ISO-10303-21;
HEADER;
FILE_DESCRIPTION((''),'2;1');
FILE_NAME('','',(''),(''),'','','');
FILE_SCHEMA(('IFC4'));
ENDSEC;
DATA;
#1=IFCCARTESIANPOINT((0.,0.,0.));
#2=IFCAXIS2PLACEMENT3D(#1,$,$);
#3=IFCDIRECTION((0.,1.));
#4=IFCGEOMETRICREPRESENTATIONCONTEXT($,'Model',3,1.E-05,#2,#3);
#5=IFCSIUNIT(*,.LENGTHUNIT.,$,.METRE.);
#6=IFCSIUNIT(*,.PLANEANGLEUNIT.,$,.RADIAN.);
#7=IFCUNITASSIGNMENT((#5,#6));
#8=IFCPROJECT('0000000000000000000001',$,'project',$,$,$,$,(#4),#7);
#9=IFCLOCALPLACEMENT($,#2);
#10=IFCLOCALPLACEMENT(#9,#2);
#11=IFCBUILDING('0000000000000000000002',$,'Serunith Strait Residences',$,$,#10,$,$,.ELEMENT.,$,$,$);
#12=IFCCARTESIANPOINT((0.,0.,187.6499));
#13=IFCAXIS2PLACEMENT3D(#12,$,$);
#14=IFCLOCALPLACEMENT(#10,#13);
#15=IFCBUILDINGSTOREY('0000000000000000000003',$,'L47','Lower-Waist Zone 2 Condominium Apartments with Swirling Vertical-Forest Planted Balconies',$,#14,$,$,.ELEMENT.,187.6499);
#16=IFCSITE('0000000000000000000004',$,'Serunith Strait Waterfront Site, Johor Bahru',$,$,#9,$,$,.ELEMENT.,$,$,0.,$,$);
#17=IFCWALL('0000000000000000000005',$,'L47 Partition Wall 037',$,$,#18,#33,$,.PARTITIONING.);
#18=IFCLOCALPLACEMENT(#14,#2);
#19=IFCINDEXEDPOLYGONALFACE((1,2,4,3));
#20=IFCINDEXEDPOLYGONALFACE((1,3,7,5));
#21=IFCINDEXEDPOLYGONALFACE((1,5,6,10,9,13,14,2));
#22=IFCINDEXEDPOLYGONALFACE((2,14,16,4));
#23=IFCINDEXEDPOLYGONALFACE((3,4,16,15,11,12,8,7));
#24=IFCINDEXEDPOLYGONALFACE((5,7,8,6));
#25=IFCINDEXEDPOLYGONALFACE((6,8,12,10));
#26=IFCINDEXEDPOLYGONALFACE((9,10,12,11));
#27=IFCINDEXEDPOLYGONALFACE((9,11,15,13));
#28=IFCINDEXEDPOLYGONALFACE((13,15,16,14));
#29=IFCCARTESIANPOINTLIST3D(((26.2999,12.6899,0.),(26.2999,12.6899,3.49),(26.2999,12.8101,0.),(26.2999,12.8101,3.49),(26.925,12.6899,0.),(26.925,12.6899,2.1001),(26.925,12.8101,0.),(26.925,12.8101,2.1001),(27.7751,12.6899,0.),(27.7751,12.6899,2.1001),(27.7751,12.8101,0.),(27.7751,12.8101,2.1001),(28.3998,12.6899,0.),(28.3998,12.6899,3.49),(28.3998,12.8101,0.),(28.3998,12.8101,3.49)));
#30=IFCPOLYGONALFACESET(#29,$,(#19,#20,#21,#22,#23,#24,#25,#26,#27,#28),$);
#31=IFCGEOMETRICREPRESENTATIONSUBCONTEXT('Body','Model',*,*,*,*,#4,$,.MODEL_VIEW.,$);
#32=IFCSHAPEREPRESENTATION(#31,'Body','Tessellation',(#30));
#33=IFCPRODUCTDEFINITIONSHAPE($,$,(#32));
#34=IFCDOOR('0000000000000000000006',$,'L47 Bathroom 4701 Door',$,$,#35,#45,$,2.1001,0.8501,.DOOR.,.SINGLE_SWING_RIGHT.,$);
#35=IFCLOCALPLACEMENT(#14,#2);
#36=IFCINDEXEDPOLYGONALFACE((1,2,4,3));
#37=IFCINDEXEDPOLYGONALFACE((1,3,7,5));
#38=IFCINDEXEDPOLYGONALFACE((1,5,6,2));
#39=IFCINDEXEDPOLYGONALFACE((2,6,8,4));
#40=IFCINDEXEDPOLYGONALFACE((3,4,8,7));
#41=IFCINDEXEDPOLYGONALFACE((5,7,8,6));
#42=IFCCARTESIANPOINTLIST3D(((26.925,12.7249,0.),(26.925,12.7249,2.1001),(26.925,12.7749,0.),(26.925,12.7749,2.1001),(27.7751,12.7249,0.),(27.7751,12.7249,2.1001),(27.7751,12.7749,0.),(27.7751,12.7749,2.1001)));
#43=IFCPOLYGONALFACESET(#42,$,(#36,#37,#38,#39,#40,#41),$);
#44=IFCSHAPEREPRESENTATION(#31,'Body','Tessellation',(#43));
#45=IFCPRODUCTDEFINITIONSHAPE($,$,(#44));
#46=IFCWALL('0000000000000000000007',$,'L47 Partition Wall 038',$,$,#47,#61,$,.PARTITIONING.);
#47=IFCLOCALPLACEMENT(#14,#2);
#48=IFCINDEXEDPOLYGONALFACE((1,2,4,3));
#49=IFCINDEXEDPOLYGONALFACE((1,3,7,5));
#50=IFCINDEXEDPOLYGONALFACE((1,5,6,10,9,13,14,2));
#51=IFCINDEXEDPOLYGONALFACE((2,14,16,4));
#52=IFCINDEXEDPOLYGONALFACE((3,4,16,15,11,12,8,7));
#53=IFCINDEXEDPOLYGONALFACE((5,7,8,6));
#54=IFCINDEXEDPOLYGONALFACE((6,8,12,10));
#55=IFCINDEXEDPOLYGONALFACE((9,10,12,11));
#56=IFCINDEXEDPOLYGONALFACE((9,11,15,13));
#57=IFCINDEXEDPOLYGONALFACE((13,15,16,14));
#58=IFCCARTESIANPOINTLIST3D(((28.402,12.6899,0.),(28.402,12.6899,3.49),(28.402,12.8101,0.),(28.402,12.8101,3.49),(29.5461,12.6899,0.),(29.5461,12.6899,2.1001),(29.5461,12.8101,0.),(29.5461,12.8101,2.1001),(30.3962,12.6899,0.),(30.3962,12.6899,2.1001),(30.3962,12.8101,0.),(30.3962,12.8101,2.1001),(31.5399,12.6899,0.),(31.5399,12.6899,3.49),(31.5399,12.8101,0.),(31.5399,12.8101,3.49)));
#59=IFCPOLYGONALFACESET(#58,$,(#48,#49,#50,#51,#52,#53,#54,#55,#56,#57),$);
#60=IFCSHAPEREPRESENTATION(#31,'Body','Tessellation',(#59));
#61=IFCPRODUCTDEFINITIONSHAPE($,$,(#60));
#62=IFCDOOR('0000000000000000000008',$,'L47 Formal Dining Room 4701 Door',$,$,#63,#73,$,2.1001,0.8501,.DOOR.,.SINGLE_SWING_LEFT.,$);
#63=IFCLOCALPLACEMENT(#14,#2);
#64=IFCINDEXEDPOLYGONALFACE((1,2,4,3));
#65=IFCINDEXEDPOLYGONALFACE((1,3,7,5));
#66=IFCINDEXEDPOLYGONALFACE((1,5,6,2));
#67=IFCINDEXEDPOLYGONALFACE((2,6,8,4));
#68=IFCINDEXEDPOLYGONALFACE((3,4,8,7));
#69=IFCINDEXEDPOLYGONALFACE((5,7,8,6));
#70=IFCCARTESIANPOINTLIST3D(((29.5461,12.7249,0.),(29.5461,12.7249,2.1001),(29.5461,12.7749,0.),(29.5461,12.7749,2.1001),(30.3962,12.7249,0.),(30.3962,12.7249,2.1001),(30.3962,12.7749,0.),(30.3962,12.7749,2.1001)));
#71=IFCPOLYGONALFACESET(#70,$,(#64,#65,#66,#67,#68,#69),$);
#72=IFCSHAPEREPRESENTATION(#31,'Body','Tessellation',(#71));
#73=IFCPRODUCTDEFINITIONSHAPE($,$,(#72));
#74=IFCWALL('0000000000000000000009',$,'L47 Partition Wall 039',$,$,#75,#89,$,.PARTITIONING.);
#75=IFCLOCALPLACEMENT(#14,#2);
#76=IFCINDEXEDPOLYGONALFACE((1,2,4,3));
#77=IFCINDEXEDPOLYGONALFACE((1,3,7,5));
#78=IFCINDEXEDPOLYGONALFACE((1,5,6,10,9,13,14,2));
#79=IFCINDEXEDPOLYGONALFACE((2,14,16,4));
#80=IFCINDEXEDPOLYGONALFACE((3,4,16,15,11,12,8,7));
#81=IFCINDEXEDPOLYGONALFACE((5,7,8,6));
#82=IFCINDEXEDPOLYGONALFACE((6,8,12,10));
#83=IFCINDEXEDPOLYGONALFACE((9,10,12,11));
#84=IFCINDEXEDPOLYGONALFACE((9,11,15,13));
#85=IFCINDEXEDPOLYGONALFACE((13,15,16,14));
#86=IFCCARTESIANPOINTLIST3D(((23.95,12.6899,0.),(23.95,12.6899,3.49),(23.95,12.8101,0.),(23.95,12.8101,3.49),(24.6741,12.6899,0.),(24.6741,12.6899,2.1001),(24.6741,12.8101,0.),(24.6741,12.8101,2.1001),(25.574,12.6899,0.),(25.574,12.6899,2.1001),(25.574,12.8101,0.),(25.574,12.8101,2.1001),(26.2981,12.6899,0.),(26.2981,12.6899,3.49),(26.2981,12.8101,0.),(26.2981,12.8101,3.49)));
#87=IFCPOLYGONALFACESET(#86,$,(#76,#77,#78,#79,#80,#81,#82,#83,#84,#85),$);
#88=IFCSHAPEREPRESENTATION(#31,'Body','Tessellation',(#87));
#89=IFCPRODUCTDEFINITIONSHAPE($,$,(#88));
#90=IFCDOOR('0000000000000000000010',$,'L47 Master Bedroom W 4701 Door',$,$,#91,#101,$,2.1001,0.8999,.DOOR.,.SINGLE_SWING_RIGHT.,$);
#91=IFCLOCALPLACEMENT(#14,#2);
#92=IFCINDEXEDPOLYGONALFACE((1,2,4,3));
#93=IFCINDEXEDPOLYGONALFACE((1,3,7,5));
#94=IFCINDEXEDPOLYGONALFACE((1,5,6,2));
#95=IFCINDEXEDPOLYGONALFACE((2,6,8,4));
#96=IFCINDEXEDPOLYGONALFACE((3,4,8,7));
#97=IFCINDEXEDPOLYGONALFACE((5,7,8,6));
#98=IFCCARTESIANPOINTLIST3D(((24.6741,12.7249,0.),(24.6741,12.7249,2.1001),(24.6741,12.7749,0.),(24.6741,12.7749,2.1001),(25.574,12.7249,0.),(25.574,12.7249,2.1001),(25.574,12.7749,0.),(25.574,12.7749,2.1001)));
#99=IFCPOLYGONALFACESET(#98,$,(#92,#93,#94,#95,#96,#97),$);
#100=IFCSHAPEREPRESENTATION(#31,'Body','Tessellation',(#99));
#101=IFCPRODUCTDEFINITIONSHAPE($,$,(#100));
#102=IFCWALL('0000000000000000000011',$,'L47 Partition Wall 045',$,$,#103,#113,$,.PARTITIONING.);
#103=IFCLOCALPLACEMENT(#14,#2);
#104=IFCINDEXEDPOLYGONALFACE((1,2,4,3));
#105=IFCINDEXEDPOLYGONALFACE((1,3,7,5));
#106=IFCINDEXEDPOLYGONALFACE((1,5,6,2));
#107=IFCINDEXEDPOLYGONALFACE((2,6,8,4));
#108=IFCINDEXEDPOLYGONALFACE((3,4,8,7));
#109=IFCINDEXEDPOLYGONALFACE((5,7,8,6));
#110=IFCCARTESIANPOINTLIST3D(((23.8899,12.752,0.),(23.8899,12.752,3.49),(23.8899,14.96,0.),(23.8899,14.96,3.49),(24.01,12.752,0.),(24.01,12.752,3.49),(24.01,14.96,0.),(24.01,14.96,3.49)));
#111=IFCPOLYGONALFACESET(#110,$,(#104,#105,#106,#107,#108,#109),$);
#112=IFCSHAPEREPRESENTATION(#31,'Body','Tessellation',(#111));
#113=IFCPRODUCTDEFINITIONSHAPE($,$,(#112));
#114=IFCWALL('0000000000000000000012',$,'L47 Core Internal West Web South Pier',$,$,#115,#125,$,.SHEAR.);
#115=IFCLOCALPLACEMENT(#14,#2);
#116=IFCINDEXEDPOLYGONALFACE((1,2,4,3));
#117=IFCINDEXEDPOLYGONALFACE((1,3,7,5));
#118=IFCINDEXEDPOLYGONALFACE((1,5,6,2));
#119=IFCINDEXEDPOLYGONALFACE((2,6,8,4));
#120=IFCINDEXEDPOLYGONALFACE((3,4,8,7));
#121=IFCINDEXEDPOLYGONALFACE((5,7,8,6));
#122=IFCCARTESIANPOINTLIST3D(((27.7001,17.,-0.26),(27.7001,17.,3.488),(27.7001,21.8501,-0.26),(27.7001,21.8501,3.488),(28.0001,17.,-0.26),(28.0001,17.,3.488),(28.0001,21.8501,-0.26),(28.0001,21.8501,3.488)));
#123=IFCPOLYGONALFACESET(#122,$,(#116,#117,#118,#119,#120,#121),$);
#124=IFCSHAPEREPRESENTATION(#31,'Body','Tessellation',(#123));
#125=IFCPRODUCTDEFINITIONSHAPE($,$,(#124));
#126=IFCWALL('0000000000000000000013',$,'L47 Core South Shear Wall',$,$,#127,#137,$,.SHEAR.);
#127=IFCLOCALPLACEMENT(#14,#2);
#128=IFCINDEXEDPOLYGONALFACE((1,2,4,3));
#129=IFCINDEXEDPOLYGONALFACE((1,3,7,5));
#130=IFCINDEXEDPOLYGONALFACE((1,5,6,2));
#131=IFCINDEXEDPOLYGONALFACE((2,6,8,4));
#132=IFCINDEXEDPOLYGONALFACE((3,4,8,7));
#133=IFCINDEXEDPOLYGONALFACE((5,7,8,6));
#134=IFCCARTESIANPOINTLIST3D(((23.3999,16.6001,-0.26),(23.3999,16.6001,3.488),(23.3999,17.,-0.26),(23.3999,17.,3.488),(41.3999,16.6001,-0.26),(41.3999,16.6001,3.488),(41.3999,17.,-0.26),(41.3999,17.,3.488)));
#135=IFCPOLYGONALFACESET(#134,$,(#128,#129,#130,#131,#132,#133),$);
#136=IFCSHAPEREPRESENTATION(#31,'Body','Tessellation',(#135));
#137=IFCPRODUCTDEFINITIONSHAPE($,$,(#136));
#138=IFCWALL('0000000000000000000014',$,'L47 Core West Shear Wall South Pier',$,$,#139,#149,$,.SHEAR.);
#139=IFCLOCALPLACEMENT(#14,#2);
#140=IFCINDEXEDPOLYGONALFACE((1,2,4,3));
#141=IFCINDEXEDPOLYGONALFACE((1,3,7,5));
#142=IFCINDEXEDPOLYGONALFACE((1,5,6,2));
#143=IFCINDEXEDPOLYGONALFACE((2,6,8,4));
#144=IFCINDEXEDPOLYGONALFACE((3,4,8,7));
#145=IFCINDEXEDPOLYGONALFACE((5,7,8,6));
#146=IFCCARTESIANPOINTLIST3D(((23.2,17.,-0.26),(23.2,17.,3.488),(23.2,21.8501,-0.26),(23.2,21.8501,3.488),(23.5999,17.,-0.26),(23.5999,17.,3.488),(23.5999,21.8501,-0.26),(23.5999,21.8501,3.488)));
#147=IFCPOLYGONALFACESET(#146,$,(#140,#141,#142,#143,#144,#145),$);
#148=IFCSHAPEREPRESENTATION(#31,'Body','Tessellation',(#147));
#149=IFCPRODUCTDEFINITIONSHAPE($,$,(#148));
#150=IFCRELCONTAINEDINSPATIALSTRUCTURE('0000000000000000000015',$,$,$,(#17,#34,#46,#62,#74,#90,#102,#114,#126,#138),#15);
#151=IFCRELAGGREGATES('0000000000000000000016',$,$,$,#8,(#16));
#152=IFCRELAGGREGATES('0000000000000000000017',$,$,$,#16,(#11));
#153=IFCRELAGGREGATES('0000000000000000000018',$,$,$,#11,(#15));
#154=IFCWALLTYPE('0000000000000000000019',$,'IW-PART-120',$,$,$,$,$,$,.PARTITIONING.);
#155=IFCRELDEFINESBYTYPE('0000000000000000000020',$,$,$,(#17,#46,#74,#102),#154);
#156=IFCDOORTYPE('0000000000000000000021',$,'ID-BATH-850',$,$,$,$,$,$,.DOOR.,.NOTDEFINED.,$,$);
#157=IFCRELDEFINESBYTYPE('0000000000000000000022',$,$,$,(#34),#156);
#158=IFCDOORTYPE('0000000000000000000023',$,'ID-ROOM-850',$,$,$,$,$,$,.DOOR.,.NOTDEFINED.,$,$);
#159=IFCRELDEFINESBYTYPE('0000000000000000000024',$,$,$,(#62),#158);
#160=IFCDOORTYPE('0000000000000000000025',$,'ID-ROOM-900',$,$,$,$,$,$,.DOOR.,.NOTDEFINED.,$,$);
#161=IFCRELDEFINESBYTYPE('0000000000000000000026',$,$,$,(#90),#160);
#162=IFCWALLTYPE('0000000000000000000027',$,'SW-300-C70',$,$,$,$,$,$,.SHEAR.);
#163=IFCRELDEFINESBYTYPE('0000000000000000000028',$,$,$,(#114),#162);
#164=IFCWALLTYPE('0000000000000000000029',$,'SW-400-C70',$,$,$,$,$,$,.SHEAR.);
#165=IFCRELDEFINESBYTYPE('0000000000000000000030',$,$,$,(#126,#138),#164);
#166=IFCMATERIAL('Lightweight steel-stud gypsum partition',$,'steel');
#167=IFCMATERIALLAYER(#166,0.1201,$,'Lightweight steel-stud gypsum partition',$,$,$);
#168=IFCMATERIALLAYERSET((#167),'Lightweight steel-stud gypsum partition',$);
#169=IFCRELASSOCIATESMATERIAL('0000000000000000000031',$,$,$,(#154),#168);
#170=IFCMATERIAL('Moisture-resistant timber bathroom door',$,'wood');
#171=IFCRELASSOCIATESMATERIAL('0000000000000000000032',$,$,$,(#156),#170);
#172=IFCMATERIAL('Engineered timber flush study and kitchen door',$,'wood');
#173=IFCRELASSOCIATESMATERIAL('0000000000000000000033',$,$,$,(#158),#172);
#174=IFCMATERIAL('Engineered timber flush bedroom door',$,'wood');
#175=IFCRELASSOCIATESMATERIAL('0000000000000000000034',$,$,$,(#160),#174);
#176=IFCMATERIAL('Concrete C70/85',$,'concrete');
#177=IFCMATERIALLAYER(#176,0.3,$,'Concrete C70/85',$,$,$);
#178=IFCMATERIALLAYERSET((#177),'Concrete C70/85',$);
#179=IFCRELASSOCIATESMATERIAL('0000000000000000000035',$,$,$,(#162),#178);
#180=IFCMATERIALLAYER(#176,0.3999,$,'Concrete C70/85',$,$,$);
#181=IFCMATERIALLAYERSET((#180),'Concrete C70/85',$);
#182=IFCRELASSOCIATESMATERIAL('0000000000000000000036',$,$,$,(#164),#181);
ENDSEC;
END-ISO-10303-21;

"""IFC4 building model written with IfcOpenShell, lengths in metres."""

from ifc_helpers import new_model, si_unit, direction, frame, frame_2d, origin, place, context, subcontext, project, spatial, rectangle, extrude, source, transform, mapped, material, layer, layer_set, type_object, element, fill, save


model = new_model("IFC4")

# Units and contexts
model_context = context("Model", 3, precision=1e-05, world=origin(), true_north=direction((0.0, 1.0)))
body_context = subcontext(model_context, "Body", "Model", "MODEL_VIEW")
ifc_project = project(units=[si_unit("LENGTHUNIT", "METRE"), si_unit("PLANEANGLEUNIT", "RADIAN")], contexts=[model_context])

# Site, building, storey
site_placement = place(None, origin())
site = spatial("IfcSite", under=ifc_project, at=site_placement, Name="Serunith Strait Waterfront Site, Johor Bahru", CompositionType="ELEMENT", RefElevation=0.0)
building_placement = place(site_placement, origin())
building = spatial("IfcBuilding", under=site, at=building_placement, Name="Serunith Strait Residences", CompositionType="ELEMENT")
storey_placement = place(building_placement, frame((0.0, 0.0, 187.6499)))
storey = spatial("IfcBuildingStorey", under=building, at=storey_placement, Name="L47", Description="Lower-Waist Zone 2 Condominium Apartments with Swirling Vertical-Forest Planted Balconies", CompositionType="ELEMENT", Elevation=187.6499)

# Walls, openings, doors
ifc_material_1 = material(Name="Lightweight steel-stud gypsum partition", Category="steel")
ifc_layer_1 = layer(ifc_material_1, 0.1201, Name="Lightweight steel-stud gypsum partition")
ifc_layer_set_1 = layer_set([ifc_layer_1], Name="Lightweight steel-stud gypsum partition")
wall_type_1 = type_object("IfcWallType", Name="IW-PART-120", PredefinedType="PARTITIONING", material=ifc_layer_set_1)
wall_1_placement = place(storey_placement, frame((26.3, 12.75, 0.0), z_axis=(0.0, 0.0, 1.0), x_axis=(1.0, 0.0, 0.0)))
wall_1 = element("IfcWall", 1, at=wall_1_placement, inside=storey, type_object=wall_type_1, Name="L47 Partition Wall 037", PredefinedType="PARTITIONING", context=body_context, shape_type="SweptSolid", body=[
    extrude(rectangle(XDim=2.0999, YDim=0.1201, at=frame_2d((1.0498, 0.0))), origin(), (0.0, 0.0, 1.0), 3.49),
])
opening_1_placement = place(wall_1_placement, frame((0.625, 0.0, 0.0)))
opening_1 = element("IfcOpeningElement", 2, at=opening_1_placement, cuts=wall_1, PredefinedType="OPENING", context=body_context, shape_type="SweptSolid", body=[
    extrude(rectangle(XDim=0.8501, YDim=2.1001, at=frame_2d((0.425, 1.05))), frame((0.0, 0.0701, 0.0), z_axis=(0.0, -1.0, 0.0), x_axis=(1.0, 0.0, 0.0)), (0.0, 0.0, 1.0), 0.1401),
])
ifc_material_2 = material(Name="Moisture-resistant timber bathroom door", Category="wood")
door_type_1 = type_object("IfcDoorType", Name="ID-BATH-850", OperationType="NOTDEFINED", PredefinedType="DOOR", material=ifc_material_2)
shared_shape_1 = source(origin(), body_context, "Body", "SweptSolid", [
    extrude(rectangle(XDim=0.8501, YDim=2.1001, at=frame_2d((0.425, 1.05))), frame((0.0, 0.0249, 0.0), z_axis=(0.0, -1.0, 0.0), x_axis=(1.0, 0.0, 0.0)), (0.0, 0.0, 1.0), 0.05),
])
door_1_placement = place(opening_1_placement, origin())
door_1 = element("IfcDoor", 3, at=door_1_placement, inside=storey, type_object=door_type_1, Name="L47 Bathroom 4701 Door", OperationType="SINGLE_SWING_RIGHT", OverallHeight=2.1001, OverallWidth=0.8501, PredefinedType="DOOR", context=body_context, shape_type="MappedRepresentation", body=[
    mapped(shared_shape_1, transform((0.0, 0.0, 0.0), scale=1.0)),
])
fill(opening_1, door_1)
wall_2_placement = place(storey_placement, frame((28.4021, 12.75, 0.0), z_axis=(0.0, 0.0, 1.0), x_axis=(1.0, 0.0, 0.0)))
wall_2 = element("IfcWall", 4, at=wall_2_placement, inside=storey, type_object=wall_type_1, Name="L47 Partition Wall 038", PredefinedType="PARTITIONING", context=body_context, shape_type="SweptSolid", body=[
    extrude(rectangle(XDim=3.1379, YDim=0.1201, at=frame_2d((1.5688, 0.0))), origin(), (0.0, 0.0, 1.0), 3.49),
])
opening_2_placement = place(wall_2_placement, frame((1.144, 0.0, 0.0)))
opening_2 = element("IfcOpeningElement", 5, at=opening_2_placement, cuts=wall_2, PredefinedType="OPENING", context=body_context, shape_type="SweptSolid", body=[
    extrude(rectangle(XDim=0.8501, YDim=2.1001, at=frame_2d((0.425, 1.05))), frame((0.0, 0.0701, 0.0), z_axis=(0.0, -1.0, 0.0), x_axis=(1.0, 0.0, 0.0)), (0.0, 0.0, 1.0), 0.1401),
])
ifc_material_3 = material(Name="Engineered timber flush study and kitchen door", Category="wood")
door_type_2 = type_object("IfcDoorType", Name="ID-ROOM-850", OperationType="NOTDEFINED", PredefinedType="DOOR", material=ifc_material_3)
door_2_placement = place(opening_2_placement, origin())
door_2 = element("IfcDoor", 6, at=door_2_placement, inside=storey, type_object=door_type_2, Name="L47 Formal Dining Room 4701 Door", OperationType="SINGLE_SWING_LEFT", OverallHeight=2.1001, OverallWidth=0.8501, PredefinedType="DOOR", context=body_context, shape_type="MappedRepresentation", body=[
    mapped(shared_shape_1, transform((0.0, 0.0, 0.0), scale=1.0)),
])
fill(opening_2, door_2)
wall_3_placement = place(storey_placement, frame((23.95, 12.75, 0.0), z_axis=(0.0, 0.0, 1.0), x_axis=(1.0, 0.0, 0.0)))
wall_3 = element("IfcWall", 7, at=wall_3_placement, inside=storey, type_object=wall_type_1, Name="L47 Partition Wall 039", PredefinedType="PARTITIONING", context=body_context, shape_type="SweptSolid", body=[
    extrude(rectangle(XDim=2.3481, YDim=0.1201, at=frame_2d((1.1741, 0.0))), origin(), (0.0, 0.0, 1.0), 3.49),
])
opening_3_placement = place(wall_3_placement, frame((0.7241, 0.0, 0.0)))
opening_3 = element("IfcOpeningElement", 8, at=opening_3_placement, cuts=wall_3, PredefinedType="OPENING", context=body_context, shape_type="SweptSolid", body=[
    extrude(rectangle(XDim=0.8999, YDim=2.1001, at=frame_2d((0.45, 1.05))), frame((0.0, 0.0701, 0.0), z_axis=(0.0, -1.0, 0.0), x_axis=(1.0, 0.0, 0.0)), (0.0, 0.0, 1.0), 0.1401),
])
ifc_material_4 = material(Name="Engineered timber flush bedroom door", Category="wood")
door_type_3 = type_object("IfcDoorType", Name="ID-ROOM-900", OperationType="NOTDEFINED", PredefinedType="DOOR", material=ifc_material_4)
shared_shape_2 = source(origin(), body_context, "Body", "SweptSolid", [
    extrude(rectangle(XDim=0.8999, YDim=2.1001, at=frame_2d((0.45, 1.05))), frame((0.0, 0.0249, 0.0), z_axis=(0.0, -1.0, 0.0), x_axis=(1.0, 0.0, 0.0)), (0.0, 0.0, 1.0), 0.05),
])
door_3_placement = place(opening_3_placement, origin())
door_3 = element("IfcDoor", 9, at=door_3_placement, inside=storey, type_object=door_type_3, Name="L47 Master Bedroom W 4701 Door", OperationType="SINGLE_SWING_RIGHT", OverallHeight=2.1001, OverallWidth=0.8999, PredefinedType="DOOR", context=body_context, shape_type="MappedRepresentation", body=[
    mapped(shared_shape_2, transform((0.0, 0.0, 0.0), scale=1.0)),
])
fill(opening_3, door_3)

# Walls
wall_4_placement = place(storey_placement, frame((23.95, 12.752, 0.0), z_axis=(0.0, 0.0, 1.0), x_axis=(0.0, 1.0, 0.0)))
element("IfcWall", 10, at=wall_4_placement, inside=storey, type_object=wall_type_1, Name="L47 Partition Wall 045", PredefinedType="PARTITIONING", context=body_context, shape_type="SweptSolid", body=[
    extrude(rectangle(XDim=2.208, YDim=0.1201, at=frame_2d((1.104, 0.0))), origin(), (0.0, 0.0, 1.0), 3.49),
])
ifc_material_5 = material(Name="Concrete C70/85", Category="concrete")
ifc_layer_2 = layer(ifc_material_5, 0.3, Name="Concrete C70/85")
ifc_layer_set_2 = layer_set([ifc_layer_2], Name="Concrete C70/85")
wall_type_2 = type_object("IfcWallType", Name="SW-300-C70", PredefinedType="SHEAR", material=ifc_layer_set_2)
wall_5_placement = place(storey_placement, frame((27.8501, 17.0, -0.26), z_axis=(0.0, 0.0, 1.0), x_axis=(0.0, 1.0, 0.0)))
element("IfcWall", 11, at=wall_5_placement, inside=storey, type_object=wall_type_2, Name="L47 Core Internal West Web South Pier", PredefinedType="SHEAR", context=body_context, shape_type="SweptSolid", body=[
    extrude(rectangle(XDim=4.8501, YDim=0.3, at=frame_2d((2.425, 0.0))), origin(), (0.0, 0.0, 1.0), 3.748),
])
ifc_layer_3 = layer(ifc_material_5, 0.3999, Name="Concrete C70/85")
ifc_layer_set_3 = layer_set([ifc_layer_3], Name="Concrete C70/85")
wall_type_3 = type_object("IfcWallType", Name="SW-400-C70", PredefinedType="SHEAR", material=ifc_layer_set_3)
wall_6_placement = place(storey_placement, frame((23.3999, 16.8, -0.26), z_axis=(0.0, 0.0, 1.0), x_axis=(1.0, 0.0, 0.0)))
element("IfcWall", 12, at=wall_6_placement, inside=storey, type_object=wall_type_3, Name="L47 Core South Shear Wall", PredefinedType="SHEAR", context=body_context, shape_type="SweptSolid", body=[
    extrude(rectangle(XDim=18.0, YDim=0.3999, at=frame_2d((9.0, 0.0))), origin(), (0.0, 0.0, 1.0), 3.748),
])
wall_7_placement = place(storey_placement, frame((23.3999, 17.0, -0.26), z_axis=(0.0, 0.0, 1.0), x_axis=(0.0, 1.0, 0.0)))
element("IfcWall", 13, at=wall_7_placement, inside=storey, type_object=wall_type_3, Name="L47 Core West Shear Wall South Pier", PredefinedType="SHEAR", context=body_context, shape_type="SweptSolid", body=[
    extrude(rectangle(XDim=4.8501, YDim=0.3999, at=frame_2d((2.425, 0.0))), origin(), (0.0, 0.0, 1.0), 3.748),
])

save(model, "model.ifc")
